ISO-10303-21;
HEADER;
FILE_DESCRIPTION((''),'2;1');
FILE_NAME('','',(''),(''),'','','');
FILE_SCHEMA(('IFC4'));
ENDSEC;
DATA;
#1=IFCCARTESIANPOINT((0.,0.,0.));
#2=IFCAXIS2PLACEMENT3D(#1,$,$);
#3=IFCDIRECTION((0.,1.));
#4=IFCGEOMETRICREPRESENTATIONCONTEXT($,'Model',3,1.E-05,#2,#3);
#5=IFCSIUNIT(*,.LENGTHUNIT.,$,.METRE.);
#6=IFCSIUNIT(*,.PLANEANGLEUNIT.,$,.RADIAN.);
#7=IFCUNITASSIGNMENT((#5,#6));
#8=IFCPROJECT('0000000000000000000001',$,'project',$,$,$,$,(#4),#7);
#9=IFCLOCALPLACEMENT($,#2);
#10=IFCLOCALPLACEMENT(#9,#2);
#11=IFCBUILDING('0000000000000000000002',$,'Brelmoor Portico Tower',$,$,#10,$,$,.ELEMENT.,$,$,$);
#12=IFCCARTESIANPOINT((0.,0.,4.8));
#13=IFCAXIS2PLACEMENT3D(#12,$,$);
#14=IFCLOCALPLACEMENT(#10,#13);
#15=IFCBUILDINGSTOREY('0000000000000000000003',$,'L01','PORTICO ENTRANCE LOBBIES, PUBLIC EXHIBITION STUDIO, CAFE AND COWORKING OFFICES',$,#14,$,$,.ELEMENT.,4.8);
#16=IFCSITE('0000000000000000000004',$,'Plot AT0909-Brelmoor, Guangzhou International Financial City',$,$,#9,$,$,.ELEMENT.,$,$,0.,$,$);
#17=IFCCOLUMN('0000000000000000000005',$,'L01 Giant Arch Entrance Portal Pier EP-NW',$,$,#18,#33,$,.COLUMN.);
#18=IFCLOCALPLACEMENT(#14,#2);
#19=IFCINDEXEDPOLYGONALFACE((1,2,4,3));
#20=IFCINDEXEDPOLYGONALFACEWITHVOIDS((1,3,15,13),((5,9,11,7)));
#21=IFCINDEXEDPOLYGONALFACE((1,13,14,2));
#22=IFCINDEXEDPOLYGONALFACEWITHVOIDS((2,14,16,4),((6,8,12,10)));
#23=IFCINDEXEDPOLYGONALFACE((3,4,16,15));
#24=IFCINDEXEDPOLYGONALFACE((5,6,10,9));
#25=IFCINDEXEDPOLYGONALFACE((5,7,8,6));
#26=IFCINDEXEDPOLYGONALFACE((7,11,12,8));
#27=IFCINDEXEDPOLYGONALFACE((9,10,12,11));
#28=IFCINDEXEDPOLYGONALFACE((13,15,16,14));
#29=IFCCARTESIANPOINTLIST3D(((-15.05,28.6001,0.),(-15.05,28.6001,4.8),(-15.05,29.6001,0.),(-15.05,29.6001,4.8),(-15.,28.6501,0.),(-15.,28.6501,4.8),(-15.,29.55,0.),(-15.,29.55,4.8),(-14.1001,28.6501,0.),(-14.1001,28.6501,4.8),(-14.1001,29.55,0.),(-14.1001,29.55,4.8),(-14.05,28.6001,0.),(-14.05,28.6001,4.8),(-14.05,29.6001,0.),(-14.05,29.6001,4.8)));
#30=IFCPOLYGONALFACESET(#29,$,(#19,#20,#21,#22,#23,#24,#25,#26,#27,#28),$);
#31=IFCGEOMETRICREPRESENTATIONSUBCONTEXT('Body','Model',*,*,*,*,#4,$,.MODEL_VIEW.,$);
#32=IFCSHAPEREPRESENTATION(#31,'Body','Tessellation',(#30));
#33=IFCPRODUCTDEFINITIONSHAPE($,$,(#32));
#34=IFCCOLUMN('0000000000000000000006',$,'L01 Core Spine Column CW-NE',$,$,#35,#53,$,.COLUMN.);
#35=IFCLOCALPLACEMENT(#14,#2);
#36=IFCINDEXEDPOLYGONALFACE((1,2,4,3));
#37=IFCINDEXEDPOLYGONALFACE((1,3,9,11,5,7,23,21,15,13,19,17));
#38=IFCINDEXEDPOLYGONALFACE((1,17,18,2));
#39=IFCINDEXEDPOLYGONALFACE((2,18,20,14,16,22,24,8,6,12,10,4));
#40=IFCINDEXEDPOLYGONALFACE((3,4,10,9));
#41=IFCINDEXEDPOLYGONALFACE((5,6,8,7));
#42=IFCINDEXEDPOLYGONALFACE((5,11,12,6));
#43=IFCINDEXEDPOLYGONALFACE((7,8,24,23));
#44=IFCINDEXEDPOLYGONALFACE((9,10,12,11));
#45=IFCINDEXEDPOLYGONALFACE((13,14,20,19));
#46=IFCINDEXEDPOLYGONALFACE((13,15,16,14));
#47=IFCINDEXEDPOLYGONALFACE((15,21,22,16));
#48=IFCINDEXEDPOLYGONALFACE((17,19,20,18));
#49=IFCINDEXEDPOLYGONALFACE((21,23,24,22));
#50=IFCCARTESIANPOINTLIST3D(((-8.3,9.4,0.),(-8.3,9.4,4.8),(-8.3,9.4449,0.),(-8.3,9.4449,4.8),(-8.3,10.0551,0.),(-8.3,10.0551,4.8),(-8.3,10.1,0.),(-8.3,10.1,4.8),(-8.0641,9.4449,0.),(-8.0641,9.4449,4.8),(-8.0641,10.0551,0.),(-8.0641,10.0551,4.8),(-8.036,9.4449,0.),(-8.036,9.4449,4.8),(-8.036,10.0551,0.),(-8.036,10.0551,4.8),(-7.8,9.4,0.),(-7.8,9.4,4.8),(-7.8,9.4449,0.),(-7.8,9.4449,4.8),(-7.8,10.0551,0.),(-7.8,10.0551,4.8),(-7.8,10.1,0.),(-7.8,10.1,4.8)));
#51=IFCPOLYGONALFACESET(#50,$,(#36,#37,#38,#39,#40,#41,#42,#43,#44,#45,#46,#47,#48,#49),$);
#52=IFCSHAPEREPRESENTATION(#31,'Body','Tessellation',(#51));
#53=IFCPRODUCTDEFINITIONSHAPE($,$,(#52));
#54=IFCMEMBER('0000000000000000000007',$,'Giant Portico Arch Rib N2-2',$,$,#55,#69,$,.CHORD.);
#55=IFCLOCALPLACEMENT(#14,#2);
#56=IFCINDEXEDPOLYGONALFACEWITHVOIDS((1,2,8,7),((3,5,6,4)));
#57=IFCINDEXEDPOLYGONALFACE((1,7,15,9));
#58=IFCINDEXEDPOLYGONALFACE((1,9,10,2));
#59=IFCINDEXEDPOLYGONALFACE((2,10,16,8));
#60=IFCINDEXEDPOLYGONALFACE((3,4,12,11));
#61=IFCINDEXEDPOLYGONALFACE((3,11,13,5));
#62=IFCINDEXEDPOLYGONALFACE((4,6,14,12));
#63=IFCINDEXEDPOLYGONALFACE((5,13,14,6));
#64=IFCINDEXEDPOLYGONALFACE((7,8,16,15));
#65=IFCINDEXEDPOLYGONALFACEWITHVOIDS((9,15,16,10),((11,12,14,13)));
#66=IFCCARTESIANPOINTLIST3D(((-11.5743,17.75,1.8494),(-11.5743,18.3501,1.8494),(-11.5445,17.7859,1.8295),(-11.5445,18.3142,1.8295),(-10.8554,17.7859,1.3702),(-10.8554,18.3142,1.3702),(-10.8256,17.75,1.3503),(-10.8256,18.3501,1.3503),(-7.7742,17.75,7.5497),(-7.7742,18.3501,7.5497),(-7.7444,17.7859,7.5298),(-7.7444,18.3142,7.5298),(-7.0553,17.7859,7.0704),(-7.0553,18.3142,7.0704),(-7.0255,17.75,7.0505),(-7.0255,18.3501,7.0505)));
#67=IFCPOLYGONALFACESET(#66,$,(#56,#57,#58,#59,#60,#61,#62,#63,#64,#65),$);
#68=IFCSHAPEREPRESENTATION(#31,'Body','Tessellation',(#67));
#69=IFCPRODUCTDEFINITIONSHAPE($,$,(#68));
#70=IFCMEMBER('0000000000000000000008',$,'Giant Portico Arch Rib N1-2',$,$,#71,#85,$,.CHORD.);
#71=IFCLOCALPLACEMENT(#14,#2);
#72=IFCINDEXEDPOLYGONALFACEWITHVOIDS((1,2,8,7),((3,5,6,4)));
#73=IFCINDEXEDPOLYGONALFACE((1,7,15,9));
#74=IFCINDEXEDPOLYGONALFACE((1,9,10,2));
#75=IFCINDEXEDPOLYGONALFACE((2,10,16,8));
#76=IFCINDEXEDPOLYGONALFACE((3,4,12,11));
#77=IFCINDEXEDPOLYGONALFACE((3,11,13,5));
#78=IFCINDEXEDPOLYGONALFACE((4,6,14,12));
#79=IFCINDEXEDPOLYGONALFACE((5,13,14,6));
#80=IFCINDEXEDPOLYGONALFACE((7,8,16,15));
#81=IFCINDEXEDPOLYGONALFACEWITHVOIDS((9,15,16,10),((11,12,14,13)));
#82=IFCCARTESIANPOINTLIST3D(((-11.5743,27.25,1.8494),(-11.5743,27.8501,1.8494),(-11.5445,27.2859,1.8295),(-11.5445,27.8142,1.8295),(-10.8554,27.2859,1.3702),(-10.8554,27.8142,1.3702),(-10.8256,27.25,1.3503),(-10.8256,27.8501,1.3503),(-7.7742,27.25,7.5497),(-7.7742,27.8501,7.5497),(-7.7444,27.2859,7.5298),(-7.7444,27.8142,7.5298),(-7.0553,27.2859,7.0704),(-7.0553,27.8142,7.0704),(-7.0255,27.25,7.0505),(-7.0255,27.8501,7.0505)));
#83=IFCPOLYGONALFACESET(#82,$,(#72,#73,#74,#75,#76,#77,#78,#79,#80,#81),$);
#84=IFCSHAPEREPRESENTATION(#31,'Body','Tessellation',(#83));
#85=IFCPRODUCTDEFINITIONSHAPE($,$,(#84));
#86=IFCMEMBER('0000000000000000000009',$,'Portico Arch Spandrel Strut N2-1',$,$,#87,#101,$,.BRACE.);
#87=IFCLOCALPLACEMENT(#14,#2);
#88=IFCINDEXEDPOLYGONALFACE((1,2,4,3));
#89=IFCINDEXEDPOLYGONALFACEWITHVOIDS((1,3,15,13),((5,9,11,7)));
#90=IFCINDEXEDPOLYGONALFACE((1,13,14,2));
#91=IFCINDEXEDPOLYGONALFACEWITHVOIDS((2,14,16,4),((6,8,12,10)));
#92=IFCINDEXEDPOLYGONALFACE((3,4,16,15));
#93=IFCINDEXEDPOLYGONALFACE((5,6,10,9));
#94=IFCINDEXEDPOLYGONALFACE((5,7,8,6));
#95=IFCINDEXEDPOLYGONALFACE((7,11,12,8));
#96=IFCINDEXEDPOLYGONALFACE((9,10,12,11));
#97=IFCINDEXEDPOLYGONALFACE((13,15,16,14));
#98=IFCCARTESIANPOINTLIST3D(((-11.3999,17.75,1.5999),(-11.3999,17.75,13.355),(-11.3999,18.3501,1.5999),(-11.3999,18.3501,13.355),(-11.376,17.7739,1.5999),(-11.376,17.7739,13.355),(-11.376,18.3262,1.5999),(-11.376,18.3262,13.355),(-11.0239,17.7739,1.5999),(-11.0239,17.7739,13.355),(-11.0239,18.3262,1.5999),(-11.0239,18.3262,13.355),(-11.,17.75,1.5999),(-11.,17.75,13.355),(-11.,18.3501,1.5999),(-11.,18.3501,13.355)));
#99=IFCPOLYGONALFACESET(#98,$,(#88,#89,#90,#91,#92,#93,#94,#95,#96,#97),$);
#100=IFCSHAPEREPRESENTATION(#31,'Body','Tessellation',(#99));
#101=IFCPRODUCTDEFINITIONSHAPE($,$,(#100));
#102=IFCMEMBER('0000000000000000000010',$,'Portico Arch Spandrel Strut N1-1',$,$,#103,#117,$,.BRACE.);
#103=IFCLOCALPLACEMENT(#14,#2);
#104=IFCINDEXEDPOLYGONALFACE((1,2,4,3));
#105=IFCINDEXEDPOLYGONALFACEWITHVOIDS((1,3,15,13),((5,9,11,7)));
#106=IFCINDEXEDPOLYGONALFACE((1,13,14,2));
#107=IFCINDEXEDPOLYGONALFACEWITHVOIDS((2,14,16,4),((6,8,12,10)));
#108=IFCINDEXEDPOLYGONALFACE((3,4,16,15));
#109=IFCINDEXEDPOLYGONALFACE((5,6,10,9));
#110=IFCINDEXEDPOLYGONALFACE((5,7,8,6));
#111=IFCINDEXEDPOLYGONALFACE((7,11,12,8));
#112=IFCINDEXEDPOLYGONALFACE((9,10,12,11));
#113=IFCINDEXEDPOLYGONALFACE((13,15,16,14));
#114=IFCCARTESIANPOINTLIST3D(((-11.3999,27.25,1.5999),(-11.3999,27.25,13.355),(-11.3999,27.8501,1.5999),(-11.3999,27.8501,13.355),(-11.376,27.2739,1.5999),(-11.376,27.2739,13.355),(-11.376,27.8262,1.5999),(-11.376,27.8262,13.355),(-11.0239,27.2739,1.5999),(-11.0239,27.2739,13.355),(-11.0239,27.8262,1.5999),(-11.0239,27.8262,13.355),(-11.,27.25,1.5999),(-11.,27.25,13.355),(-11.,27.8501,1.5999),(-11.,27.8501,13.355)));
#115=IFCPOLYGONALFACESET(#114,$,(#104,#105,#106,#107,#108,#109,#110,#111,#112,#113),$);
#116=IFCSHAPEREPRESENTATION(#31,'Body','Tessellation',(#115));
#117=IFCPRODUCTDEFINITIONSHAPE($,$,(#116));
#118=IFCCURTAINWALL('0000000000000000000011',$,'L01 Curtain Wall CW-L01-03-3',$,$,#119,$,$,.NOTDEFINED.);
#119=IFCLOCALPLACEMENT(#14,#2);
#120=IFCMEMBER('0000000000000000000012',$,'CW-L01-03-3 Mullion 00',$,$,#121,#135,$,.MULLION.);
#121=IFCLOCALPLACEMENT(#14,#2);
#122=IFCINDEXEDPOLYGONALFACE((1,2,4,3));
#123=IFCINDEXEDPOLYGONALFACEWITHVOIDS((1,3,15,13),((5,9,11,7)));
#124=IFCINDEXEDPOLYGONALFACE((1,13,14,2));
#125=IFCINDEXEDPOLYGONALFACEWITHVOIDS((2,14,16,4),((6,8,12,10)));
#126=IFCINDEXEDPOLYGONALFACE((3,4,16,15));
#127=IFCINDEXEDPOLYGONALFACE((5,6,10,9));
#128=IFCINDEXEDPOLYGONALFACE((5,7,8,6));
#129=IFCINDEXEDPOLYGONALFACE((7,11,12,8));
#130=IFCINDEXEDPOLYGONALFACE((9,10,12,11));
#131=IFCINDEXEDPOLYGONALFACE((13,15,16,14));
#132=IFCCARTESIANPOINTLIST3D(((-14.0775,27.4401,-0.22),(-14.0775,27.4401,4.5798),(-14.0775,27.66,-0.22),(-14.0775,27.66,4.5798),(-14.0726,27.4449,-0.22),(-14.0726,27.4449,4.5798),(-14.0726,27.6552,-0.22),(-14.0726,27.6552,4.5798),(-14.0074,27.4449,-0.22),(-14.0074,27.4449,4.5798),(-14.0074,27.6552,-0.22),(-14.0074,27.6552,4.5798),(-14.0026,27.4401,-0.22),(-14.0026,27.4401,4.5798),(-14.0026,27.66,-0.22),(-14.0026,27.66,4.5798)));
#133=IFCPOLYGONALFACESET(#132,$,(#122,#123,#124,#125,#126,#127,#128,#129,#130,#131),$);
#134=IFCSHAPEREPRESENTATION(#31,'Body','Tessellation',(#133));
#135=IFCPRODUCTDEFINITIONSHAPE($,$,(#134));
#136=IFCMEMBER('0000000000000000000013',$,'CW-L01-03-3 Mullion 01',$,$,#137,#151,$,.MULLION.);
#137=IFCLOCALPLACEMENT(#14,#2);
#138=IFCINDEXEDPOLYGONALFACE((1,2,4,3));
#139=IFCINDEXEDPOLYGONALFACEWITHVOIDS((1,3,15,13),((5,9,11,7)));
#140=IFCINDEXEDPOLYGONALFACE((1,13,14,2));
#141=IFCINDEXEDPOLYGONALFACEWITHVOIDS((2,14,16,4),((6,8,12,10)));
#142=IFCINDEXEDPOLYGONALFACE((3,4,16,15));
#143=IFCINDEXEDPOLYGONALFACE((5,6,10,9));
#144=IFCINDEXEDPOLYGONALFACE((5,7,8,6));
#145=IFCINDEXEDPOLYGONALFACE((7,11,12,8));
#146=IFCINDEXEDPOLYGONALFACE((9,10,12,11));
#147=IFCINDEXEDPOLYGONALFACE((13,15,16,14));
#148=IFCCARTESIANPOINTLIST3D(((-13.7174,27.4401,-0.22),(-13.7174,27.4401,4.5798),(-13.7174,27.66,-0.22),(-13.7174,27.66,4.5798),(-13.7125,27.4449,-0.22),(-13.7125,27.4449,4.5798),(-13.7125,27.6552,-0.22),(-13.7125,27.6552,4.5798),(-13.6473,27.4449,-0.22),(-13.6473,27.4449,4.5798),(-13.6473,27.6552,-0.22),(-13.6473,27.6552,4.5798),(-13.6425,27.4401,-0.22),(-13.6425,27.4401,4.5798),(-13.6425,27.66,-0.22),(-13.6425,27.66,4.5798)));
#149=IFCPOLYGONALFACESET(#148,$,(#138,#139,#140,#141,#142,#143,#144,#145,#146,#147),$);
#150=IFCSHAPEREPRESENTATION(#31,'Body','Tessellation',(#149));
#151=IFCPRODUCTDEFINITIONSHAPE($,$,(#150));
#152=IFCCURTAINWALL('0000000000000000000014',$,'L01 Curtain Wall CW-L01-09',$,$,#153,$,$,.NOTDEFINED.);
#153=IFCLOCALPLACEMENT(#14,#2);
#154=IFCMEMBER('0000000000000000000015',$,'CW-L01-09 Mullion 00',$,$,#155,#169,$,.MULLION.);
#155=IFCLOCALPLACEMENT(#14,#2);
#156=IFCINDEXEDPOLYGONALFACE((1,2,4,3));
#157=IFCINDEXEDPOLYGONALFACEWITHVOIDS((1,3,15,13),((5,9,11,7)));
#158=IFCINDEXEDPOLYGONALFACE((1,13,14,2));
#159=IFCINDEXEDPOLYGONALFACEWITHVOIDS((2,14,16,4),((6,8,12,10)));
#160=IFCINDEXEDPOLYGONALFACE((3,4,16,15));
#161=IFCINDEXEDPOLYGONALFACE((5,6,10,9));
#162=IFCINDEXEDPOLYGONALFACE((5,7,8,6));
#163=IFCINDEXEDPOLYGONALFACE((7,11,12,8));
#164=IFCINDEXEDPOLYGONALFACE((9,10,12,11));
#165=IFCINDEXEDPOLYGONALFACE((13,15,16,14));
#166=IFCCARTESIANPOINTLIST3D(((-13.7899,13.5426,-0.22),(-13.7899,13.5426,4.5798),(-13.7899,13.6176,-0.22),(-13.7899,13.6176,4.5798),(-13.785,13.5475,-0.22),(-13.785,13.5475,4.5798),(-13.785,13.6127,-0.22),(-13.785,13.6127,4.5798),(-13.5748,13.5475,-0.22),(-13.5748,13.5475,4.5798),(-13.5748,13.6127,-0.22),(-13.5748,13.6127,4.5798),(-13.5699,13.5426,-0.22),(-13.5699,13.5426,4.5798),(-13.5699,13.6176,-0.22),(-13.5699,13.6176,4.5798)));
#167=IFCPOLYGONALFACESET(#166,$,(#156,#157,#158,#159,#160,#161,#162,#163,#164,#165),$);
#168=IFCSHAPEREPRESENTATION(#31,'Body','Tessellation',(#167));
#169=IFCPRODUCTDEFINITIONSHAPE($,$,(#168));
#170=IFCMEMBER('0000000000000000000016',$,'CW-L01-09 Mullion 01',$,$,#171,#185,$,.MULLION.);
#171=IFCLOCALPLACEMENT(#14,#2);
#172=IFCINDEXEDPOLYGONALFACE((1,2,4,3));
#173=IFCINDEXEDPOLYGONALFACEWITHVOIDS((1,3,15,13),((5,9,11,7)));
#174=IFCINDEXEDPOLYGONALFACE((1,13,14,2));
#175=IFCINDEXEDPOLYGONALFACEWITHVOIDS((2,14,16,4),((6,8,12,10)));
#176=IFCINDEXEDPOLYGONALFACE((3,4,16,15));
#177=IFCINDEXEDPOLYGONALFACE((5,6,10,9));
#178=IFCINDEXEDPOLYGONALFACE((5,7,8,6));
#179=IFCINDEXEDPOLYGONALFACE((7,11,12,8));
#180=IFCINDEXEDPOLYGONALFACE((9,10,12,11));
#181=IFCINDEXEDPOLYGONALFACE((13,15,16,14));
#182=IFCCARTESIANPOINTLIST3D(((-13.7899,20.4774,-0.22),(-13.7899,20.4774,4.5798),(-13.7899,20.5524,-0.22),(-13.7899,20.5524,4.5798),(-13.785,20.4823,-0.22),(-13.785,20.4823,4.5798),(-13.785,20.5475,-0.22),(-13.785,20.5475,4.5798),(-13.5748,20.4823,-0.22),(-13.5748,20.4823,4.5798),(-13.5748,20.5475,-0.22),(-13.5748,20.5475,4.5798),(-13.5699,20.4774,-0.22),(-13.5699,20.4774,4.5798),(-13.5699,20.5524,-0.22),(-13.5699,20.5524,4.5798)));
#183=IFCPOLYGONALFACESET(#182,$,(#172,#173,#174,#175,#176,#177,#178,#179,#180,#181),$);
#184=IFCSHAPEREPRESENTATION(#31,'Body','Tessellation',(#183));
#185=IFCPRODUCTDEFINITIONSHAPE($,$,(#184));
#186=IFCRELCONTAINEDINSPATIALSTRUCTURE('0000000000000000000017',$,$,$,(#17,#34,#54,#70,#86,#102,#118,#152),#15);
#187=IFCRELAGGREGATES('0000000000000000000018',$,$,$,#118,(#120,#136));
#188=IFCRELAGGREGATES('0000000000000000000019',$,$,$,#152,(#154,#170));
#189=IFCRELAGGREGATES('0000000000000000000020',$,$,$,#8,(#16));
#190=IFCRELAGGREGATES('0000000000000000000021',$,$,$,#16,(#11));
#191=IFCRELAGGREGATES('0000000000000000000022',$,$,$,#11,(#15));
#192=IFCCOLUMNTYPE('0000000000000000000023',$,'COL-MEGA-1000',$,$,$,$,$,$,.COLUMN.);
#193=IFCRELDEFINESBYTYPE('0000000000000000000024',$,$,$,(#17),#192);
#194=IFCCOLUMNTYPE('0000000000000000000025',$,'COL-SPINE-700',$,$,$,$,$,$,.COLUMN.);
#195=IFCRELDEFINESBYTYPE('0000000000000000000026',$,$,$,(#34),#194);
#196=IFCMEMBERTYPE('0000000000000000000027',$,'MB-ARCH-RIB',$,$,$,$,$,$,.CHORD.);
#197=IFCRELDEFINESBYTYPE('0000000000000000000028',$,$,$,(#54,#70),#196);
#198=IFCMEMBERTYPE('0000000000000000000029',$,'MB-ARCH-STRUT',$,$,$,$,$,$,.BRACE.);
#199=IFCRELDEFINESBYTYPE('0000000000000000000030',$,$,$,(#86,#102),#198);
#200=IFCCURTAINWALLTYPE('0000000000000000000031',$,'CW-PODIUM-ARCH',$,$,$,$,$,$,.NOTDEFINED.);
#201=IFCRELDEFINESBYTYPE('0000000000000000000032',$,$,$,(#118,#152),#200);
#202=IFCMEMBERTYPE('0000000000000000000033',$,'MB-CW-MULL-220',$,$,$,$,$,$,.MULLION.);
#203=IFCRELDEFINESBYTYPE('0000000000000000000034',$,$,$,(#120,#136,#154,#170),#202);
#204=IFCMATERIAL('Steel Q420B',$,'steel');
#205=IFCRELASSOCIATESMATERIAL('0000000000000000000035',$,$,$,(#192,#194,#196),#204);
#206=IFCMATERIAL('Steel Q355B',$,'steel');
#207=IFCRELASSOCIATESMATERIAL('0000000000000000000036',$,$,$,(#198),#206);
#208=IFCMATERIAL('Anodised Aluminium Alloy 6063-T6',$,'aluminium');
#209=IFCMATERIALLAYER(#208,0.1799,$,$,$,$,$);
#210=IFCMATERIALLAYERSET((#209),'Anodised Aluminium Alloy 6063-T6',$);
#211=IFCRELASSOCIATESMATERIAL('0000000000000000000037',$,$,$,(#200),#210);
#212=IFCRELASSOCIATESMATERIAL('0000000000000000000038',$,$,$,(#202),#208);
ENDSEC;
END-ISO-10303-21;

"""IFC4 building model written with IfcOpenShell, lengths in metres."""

from ifc_helpers import new_model, si_unit, direction, frame, origin, origin_2d, place, context, subcontext, project, spatial, hollow_rectangle, i_section, extrude, material, layer, layer_set, material_profile, profile_set, type_object, element, aggregate, save


model = new_model("IFC4")

# Units and contexts
model_context = context("Model", 3, precision=1e-05, world=origin(), true_north=direction((0.0, 1.0)))
body_context = subcontext(model_context, "Body", "Model", "MODEL_VIEW")
ifc_project = project(units=[si_unit("LENGTHUNIT", "METRE"), si_unit("PLANEANGLEUNIT", "RADIAN")], contexts=[model_context])

# Site, building, storey
site_placement = place(None, origin())
site = spatial("IfcSite", under=ifc_project, at=site_placement, Name="Plot AT0909-Brelmoor, Guangzhou International Financial City", CompositionType="ELEMENT", RefElevation=0.0)
building_placement = place(site_placement, origin())
building = spatial("IfcBuilding", under=site, at=building_placement, Name="Brelmoor Portico Tower", CompositionType="ELEMENT")
storey_placement = place(building_placement, frame((0.0, 0.0, 4.8)))
storey = spatial("IfcBuildingStorey", under=building, at=storey_placement, Name="L01", Description="PORTICO ENTRANCE LOBBIES, PUBLIC EXHIBITION STUDIO, CAFE AND COWORKING OFFICES", CompositionType="ELEMENT", Elevation=4.8)

# Columns
ifc_material_1 = material(Name="Steel Q420B", Category="steel")
ifc_material_profile_1 = material_profile(ifc_material_1, hollow_rectangle(XDim=1.0, YDim=1.0, WallThickness=0.05, at=origin_2d()), Name="BOX 1000x1000x50")
ifc_profile_set_1 = profile_set([ifc_material_profile_1], Name="Steel Q420B")
column_type_1 = type_object("IfcColumnType", Name="COL-MEGA-1000", PredefinedType="COLUMN", material=ifc_profile_set_1)
column_1_placement = place(storey_placement, frame((-14.55, 29.1001, 0.0), z_axis=(0.0, 0.0, 1.0), x_axis=(1.0, 0.0, 0.0)))
element("IfcColumn", 1, at=column_1_placement, inside=storey, type_object=column_type_1, Name="L01 Giant Arch Entrance Portal Pier EP-NW", PredefinedType="COLUMN", context=body_context, shape_type="SweptSolid", body=[
    extrude(hollow_rectangle(XDim=1.0, YDim=1.0, WallThickness=0.05, at=origin_2d()), origin(), (0.0, 0.0, 1.0), 4.8),
])
ifc_material_profile_2 = material_profile(ifc_material_1, i_section(OverallWidth=0.5, OverallDepth=0.7, WebThickness=0.0281, FlangeThickness=0.0449, at=origin_2d()), Name="HW 700x500x28x45")
ifc_profile_set_2 = profile_set([ifc_material_profile_2], Name="Steel Q420B")
column_type_2 = type_object("IfcColumnType", Name="COL-SPINE-700", PredefinedType="COLUMN", material=ifc_profile_set_2)
column_2_placement = place(storey_placement, frame((-8.05, 9.75, 0.0), z_axis=(0.0, 0.0, 1.0), x_axis=(1.0, 0.0, 0.0)))
element("IfcColumn", 2, at=column_2_placement, inside=storey, type_object=column_type_2, Name="L01 Core Spine Column CW-NE", PredefinedType="COLUMN", context=body_context, shape_type="SweptSolid", body=[
    extrude(i_section(OverallWidth=0.5, OverallDepth=0.7, WebThickness=0.0281, FlangeThickness=0.0449, at=origin_2d()), origin(), (0.0, 0.0, 1.0), 4.8),
])

# Members
ifc_material_profile_3 = material_profile(ifc_material_1, hollow_rectangle(XDim=0.6001, YDim=0.8999, WallThickness=0.0359, at=origin_2d()), Name="RHS 600x900x36")
ifc_profile_set_3 = profile_set([ifc_material_profile_3], Name="Steel Q420B")
member_type_1 = type_object("IfcMemberType", Name="MB-ARCH-RIB", PredefinedType="CHORD", material=ifc_profile_set_3)
for number, where, z_axis, x_axis, name in (
    (3, (-11.2, 18.05, 1.5999), (0.554692, 0.0, 0.832056), (0.0, 1.0, 0.0), "Giant Portico Arch Rib N2-2"),
    (4, (-11.2, 27.55, 1.5999), (0.554692, 0.0, 0.832056), (0.0, 1.0, 0.0), "Giant Portico Arch Rib N1-2"),
):
    element("IfcMember", number, at=place(storey_placement, frame(where, z_axis=z_axis, x_axis=x_axis)), inside=storey, type_object=member_type_1, Name=name, PredefinedType="CHORD", context=body_context, shape_type="SweptSolid", body=[
        extrude(hollow_rectangle(XDim=0.6001, YDim=0.8999, WallThickness=0.0359, at=origin_2d()), origin(), (0.0, 0.0, 1.0), 6.8508),
    ])
ifc_material_2 = material(Name="Steel Q355B", Category="steel")
ifc_material_profile_4 = material_profile(ifc_material_2, hollow_rectangle(XDim=0.3999, YDim=0.6001, WallThickness=0.0239, at=origin_2d()), Name="RHS 400x600x24")
ifc_profile_set_4 = profile_set([ifc_material_profile_4], Name="Steel Q355B")
member_type_2 = type_object("IfcMemberType", Name="MB-ARCH-STRUT", PredefinedType="BRACE", material=ifc_profile_set_4)
for number, where, z_axis, x_axis, name in (
    (5, (-11.2, 18.05, 1.5999), (0.0, 0.0, 1.0), (1.0, 0.0, 0.0), "Portico Arch Spandrel Strut N2-1"),
    (6, (-11.2, 27.55, 1.5999), (0.0, 0.0, 1.0), (1.0, 0.0, 0.0), "Portico Arch Spandrel Strut N1-1"),
):
    element("IfcMember", number, at=place(storey_placement, frame(where, z_axis=z_axis, x_axis=x_axis)), inside=storey, type_object=member_type_2, Name=name, PredefinedType="BRACE", context=body_context, shape_type="SweptSolid", body=[
        extrude(hollow_rectangle(XDim=0.3999, YDim=0.6001, WallThickness=0.0239, at=origin_2d()), origin(), (0.0, 0.0, 1.0), 11.7551),
    ])

# Curtain walls, members
ifc_material_3 = material(Name="Anodised Aluminium Alloy 6063-T6", Category="aluminium")
ifc_layer_1 = layer(ifc_material_3, 0.1799)
ifc_layer_set_1 = layer_set([ifc_layer_1], Name="Anodised Aluminium Alloy 6063-T6")
curtain_wall_type = type_object("IfcCurtainWallType", Name="CW-PODIUM-ARCH", PredefinedType="NOTDEFINED", material=ifc_layer_set_1)
curtain_wall_1_placement = place(storey_placement, origin())
curtain_wall_1 = element("IfcCurtainWall", 7, at=curtain_wall_1_placement, inside=storey, type_object=curtain_wall_type, Name="L01 Curtain Wall CW-L01-03-3", PredefinedType="NOTDEFINED")
ifc_material_profile_5 = material_profile(ifc_material_3, hollow_rectangle(XDim=0.075, YDim=0.22, WallThickness=0.0049, at=origin_2d()), Name="ALU MULLION 75x220")
ifc_profile_set_5 = profile_set([ifc_material_profile_5], Name="Anodised Aluminium Alloy 6063-T6")
member_type_3 = type_object("IfcMemberType", Name="MB-CW-MULL-220", PredefinedType="MULLION", material=ifc_profile_set_5)
member_1_placement = place(storey_placement, frame((-14.04, 27.55, -0.22), z_axis=(0.0, 0.0, 1.0), x_axis=(1.0, 0.0, 0.0)))
member_1 = element("IfcMember", 8, at=member_1_placement, type_object=member_type_3, Name="CW-L01-03-3 Mullion 00", PredefinedType="MULLION", context=body_context, shape_type="SweptSolid", body=[
    extrude(hollow_rectangle(XDim=0.075, YDim=0.22, WallThickness=0.0049, at=origin_2d()), origin(), (0.0, 0.0, 1.0), 4.7998),
])
member_2_placement = place(storey_placement, frame((-13.6799, 27.55, -0.22), z_axis=(0.0, 0.0, 1.0), x_axis=(1.0, 0.0, 0.0)))
member_2 = element("IfcMember", 9, at=member_2_placement, type_object=member_type_3, Name="CW-L01-03-3 Mullion 01", PredefinedType="MULLION", context=body_context, shape_type="SweptSolid", body=[
    extrude(hollow_rectangle(XDim=0.075, YDim=0.22, WallThickness=0.0049, at=origin_2d()), origin(), (0.0, 0.0, 1.0), 4.7998),
])
curtain_wall_2_placement = place(storey_placement, origin())
curtain_wall_2 = element("IfcCurtainWall", 10, at=curtain_wall_2_placement, inside=storey, type_object=curtain_wall_type, Name="L01 Curtain Wall CW-L01-09", PredefinedType="NOTDEFINED")
member_3_placement = place(storey_placement, frame((-13.6799, 13.5801, -0.22), z_axis=(0.0, 0.0, 1.0), x_axis=(0.0, 1.0, 0.0)))
member_3 = element("IfcMember", 11, at=member_3_placement, type_object=member_type_3, Name="CW-L01-09 Mullion 00", PredefinedType="MULLION", context=body_context, shape_type="SweptSolid", body=[
    extrude(hollow_rectangle(XDim=0.075, YDim=0.22, WallThickness=0.0049, at=origin_2d()), origin(), (0.0, 0.0, 1.0), 4.7998),
])
member_4_placement = place(storey_placement, frame((-13.6799, 20.5149, -0.22), z_axis=(0.0, 0.0, 1.0), x_axis=(0.0, 1.0, 0.0)))
member_4 = element("IfcMember", 12, at=member_4_placement, type_object=member_type_3, Name="CW-L01-09 Mullion 01", PredefinedType="MULLION", context=body_context, shape_type="SweptSolid", body=[
    extrude(hollow_rectangle(XDim=0.075, YDim=0.22, WallThickness=0.0049, at=origin_2d()), origin(), (0.0, 0.0, 1.0), 4.7998),
])

aggregate(curtain_wall_1, [member_1, member_2])
aggregate(curtain_wall_2, [member_3, member_4])

save(model, "model.ifc")
